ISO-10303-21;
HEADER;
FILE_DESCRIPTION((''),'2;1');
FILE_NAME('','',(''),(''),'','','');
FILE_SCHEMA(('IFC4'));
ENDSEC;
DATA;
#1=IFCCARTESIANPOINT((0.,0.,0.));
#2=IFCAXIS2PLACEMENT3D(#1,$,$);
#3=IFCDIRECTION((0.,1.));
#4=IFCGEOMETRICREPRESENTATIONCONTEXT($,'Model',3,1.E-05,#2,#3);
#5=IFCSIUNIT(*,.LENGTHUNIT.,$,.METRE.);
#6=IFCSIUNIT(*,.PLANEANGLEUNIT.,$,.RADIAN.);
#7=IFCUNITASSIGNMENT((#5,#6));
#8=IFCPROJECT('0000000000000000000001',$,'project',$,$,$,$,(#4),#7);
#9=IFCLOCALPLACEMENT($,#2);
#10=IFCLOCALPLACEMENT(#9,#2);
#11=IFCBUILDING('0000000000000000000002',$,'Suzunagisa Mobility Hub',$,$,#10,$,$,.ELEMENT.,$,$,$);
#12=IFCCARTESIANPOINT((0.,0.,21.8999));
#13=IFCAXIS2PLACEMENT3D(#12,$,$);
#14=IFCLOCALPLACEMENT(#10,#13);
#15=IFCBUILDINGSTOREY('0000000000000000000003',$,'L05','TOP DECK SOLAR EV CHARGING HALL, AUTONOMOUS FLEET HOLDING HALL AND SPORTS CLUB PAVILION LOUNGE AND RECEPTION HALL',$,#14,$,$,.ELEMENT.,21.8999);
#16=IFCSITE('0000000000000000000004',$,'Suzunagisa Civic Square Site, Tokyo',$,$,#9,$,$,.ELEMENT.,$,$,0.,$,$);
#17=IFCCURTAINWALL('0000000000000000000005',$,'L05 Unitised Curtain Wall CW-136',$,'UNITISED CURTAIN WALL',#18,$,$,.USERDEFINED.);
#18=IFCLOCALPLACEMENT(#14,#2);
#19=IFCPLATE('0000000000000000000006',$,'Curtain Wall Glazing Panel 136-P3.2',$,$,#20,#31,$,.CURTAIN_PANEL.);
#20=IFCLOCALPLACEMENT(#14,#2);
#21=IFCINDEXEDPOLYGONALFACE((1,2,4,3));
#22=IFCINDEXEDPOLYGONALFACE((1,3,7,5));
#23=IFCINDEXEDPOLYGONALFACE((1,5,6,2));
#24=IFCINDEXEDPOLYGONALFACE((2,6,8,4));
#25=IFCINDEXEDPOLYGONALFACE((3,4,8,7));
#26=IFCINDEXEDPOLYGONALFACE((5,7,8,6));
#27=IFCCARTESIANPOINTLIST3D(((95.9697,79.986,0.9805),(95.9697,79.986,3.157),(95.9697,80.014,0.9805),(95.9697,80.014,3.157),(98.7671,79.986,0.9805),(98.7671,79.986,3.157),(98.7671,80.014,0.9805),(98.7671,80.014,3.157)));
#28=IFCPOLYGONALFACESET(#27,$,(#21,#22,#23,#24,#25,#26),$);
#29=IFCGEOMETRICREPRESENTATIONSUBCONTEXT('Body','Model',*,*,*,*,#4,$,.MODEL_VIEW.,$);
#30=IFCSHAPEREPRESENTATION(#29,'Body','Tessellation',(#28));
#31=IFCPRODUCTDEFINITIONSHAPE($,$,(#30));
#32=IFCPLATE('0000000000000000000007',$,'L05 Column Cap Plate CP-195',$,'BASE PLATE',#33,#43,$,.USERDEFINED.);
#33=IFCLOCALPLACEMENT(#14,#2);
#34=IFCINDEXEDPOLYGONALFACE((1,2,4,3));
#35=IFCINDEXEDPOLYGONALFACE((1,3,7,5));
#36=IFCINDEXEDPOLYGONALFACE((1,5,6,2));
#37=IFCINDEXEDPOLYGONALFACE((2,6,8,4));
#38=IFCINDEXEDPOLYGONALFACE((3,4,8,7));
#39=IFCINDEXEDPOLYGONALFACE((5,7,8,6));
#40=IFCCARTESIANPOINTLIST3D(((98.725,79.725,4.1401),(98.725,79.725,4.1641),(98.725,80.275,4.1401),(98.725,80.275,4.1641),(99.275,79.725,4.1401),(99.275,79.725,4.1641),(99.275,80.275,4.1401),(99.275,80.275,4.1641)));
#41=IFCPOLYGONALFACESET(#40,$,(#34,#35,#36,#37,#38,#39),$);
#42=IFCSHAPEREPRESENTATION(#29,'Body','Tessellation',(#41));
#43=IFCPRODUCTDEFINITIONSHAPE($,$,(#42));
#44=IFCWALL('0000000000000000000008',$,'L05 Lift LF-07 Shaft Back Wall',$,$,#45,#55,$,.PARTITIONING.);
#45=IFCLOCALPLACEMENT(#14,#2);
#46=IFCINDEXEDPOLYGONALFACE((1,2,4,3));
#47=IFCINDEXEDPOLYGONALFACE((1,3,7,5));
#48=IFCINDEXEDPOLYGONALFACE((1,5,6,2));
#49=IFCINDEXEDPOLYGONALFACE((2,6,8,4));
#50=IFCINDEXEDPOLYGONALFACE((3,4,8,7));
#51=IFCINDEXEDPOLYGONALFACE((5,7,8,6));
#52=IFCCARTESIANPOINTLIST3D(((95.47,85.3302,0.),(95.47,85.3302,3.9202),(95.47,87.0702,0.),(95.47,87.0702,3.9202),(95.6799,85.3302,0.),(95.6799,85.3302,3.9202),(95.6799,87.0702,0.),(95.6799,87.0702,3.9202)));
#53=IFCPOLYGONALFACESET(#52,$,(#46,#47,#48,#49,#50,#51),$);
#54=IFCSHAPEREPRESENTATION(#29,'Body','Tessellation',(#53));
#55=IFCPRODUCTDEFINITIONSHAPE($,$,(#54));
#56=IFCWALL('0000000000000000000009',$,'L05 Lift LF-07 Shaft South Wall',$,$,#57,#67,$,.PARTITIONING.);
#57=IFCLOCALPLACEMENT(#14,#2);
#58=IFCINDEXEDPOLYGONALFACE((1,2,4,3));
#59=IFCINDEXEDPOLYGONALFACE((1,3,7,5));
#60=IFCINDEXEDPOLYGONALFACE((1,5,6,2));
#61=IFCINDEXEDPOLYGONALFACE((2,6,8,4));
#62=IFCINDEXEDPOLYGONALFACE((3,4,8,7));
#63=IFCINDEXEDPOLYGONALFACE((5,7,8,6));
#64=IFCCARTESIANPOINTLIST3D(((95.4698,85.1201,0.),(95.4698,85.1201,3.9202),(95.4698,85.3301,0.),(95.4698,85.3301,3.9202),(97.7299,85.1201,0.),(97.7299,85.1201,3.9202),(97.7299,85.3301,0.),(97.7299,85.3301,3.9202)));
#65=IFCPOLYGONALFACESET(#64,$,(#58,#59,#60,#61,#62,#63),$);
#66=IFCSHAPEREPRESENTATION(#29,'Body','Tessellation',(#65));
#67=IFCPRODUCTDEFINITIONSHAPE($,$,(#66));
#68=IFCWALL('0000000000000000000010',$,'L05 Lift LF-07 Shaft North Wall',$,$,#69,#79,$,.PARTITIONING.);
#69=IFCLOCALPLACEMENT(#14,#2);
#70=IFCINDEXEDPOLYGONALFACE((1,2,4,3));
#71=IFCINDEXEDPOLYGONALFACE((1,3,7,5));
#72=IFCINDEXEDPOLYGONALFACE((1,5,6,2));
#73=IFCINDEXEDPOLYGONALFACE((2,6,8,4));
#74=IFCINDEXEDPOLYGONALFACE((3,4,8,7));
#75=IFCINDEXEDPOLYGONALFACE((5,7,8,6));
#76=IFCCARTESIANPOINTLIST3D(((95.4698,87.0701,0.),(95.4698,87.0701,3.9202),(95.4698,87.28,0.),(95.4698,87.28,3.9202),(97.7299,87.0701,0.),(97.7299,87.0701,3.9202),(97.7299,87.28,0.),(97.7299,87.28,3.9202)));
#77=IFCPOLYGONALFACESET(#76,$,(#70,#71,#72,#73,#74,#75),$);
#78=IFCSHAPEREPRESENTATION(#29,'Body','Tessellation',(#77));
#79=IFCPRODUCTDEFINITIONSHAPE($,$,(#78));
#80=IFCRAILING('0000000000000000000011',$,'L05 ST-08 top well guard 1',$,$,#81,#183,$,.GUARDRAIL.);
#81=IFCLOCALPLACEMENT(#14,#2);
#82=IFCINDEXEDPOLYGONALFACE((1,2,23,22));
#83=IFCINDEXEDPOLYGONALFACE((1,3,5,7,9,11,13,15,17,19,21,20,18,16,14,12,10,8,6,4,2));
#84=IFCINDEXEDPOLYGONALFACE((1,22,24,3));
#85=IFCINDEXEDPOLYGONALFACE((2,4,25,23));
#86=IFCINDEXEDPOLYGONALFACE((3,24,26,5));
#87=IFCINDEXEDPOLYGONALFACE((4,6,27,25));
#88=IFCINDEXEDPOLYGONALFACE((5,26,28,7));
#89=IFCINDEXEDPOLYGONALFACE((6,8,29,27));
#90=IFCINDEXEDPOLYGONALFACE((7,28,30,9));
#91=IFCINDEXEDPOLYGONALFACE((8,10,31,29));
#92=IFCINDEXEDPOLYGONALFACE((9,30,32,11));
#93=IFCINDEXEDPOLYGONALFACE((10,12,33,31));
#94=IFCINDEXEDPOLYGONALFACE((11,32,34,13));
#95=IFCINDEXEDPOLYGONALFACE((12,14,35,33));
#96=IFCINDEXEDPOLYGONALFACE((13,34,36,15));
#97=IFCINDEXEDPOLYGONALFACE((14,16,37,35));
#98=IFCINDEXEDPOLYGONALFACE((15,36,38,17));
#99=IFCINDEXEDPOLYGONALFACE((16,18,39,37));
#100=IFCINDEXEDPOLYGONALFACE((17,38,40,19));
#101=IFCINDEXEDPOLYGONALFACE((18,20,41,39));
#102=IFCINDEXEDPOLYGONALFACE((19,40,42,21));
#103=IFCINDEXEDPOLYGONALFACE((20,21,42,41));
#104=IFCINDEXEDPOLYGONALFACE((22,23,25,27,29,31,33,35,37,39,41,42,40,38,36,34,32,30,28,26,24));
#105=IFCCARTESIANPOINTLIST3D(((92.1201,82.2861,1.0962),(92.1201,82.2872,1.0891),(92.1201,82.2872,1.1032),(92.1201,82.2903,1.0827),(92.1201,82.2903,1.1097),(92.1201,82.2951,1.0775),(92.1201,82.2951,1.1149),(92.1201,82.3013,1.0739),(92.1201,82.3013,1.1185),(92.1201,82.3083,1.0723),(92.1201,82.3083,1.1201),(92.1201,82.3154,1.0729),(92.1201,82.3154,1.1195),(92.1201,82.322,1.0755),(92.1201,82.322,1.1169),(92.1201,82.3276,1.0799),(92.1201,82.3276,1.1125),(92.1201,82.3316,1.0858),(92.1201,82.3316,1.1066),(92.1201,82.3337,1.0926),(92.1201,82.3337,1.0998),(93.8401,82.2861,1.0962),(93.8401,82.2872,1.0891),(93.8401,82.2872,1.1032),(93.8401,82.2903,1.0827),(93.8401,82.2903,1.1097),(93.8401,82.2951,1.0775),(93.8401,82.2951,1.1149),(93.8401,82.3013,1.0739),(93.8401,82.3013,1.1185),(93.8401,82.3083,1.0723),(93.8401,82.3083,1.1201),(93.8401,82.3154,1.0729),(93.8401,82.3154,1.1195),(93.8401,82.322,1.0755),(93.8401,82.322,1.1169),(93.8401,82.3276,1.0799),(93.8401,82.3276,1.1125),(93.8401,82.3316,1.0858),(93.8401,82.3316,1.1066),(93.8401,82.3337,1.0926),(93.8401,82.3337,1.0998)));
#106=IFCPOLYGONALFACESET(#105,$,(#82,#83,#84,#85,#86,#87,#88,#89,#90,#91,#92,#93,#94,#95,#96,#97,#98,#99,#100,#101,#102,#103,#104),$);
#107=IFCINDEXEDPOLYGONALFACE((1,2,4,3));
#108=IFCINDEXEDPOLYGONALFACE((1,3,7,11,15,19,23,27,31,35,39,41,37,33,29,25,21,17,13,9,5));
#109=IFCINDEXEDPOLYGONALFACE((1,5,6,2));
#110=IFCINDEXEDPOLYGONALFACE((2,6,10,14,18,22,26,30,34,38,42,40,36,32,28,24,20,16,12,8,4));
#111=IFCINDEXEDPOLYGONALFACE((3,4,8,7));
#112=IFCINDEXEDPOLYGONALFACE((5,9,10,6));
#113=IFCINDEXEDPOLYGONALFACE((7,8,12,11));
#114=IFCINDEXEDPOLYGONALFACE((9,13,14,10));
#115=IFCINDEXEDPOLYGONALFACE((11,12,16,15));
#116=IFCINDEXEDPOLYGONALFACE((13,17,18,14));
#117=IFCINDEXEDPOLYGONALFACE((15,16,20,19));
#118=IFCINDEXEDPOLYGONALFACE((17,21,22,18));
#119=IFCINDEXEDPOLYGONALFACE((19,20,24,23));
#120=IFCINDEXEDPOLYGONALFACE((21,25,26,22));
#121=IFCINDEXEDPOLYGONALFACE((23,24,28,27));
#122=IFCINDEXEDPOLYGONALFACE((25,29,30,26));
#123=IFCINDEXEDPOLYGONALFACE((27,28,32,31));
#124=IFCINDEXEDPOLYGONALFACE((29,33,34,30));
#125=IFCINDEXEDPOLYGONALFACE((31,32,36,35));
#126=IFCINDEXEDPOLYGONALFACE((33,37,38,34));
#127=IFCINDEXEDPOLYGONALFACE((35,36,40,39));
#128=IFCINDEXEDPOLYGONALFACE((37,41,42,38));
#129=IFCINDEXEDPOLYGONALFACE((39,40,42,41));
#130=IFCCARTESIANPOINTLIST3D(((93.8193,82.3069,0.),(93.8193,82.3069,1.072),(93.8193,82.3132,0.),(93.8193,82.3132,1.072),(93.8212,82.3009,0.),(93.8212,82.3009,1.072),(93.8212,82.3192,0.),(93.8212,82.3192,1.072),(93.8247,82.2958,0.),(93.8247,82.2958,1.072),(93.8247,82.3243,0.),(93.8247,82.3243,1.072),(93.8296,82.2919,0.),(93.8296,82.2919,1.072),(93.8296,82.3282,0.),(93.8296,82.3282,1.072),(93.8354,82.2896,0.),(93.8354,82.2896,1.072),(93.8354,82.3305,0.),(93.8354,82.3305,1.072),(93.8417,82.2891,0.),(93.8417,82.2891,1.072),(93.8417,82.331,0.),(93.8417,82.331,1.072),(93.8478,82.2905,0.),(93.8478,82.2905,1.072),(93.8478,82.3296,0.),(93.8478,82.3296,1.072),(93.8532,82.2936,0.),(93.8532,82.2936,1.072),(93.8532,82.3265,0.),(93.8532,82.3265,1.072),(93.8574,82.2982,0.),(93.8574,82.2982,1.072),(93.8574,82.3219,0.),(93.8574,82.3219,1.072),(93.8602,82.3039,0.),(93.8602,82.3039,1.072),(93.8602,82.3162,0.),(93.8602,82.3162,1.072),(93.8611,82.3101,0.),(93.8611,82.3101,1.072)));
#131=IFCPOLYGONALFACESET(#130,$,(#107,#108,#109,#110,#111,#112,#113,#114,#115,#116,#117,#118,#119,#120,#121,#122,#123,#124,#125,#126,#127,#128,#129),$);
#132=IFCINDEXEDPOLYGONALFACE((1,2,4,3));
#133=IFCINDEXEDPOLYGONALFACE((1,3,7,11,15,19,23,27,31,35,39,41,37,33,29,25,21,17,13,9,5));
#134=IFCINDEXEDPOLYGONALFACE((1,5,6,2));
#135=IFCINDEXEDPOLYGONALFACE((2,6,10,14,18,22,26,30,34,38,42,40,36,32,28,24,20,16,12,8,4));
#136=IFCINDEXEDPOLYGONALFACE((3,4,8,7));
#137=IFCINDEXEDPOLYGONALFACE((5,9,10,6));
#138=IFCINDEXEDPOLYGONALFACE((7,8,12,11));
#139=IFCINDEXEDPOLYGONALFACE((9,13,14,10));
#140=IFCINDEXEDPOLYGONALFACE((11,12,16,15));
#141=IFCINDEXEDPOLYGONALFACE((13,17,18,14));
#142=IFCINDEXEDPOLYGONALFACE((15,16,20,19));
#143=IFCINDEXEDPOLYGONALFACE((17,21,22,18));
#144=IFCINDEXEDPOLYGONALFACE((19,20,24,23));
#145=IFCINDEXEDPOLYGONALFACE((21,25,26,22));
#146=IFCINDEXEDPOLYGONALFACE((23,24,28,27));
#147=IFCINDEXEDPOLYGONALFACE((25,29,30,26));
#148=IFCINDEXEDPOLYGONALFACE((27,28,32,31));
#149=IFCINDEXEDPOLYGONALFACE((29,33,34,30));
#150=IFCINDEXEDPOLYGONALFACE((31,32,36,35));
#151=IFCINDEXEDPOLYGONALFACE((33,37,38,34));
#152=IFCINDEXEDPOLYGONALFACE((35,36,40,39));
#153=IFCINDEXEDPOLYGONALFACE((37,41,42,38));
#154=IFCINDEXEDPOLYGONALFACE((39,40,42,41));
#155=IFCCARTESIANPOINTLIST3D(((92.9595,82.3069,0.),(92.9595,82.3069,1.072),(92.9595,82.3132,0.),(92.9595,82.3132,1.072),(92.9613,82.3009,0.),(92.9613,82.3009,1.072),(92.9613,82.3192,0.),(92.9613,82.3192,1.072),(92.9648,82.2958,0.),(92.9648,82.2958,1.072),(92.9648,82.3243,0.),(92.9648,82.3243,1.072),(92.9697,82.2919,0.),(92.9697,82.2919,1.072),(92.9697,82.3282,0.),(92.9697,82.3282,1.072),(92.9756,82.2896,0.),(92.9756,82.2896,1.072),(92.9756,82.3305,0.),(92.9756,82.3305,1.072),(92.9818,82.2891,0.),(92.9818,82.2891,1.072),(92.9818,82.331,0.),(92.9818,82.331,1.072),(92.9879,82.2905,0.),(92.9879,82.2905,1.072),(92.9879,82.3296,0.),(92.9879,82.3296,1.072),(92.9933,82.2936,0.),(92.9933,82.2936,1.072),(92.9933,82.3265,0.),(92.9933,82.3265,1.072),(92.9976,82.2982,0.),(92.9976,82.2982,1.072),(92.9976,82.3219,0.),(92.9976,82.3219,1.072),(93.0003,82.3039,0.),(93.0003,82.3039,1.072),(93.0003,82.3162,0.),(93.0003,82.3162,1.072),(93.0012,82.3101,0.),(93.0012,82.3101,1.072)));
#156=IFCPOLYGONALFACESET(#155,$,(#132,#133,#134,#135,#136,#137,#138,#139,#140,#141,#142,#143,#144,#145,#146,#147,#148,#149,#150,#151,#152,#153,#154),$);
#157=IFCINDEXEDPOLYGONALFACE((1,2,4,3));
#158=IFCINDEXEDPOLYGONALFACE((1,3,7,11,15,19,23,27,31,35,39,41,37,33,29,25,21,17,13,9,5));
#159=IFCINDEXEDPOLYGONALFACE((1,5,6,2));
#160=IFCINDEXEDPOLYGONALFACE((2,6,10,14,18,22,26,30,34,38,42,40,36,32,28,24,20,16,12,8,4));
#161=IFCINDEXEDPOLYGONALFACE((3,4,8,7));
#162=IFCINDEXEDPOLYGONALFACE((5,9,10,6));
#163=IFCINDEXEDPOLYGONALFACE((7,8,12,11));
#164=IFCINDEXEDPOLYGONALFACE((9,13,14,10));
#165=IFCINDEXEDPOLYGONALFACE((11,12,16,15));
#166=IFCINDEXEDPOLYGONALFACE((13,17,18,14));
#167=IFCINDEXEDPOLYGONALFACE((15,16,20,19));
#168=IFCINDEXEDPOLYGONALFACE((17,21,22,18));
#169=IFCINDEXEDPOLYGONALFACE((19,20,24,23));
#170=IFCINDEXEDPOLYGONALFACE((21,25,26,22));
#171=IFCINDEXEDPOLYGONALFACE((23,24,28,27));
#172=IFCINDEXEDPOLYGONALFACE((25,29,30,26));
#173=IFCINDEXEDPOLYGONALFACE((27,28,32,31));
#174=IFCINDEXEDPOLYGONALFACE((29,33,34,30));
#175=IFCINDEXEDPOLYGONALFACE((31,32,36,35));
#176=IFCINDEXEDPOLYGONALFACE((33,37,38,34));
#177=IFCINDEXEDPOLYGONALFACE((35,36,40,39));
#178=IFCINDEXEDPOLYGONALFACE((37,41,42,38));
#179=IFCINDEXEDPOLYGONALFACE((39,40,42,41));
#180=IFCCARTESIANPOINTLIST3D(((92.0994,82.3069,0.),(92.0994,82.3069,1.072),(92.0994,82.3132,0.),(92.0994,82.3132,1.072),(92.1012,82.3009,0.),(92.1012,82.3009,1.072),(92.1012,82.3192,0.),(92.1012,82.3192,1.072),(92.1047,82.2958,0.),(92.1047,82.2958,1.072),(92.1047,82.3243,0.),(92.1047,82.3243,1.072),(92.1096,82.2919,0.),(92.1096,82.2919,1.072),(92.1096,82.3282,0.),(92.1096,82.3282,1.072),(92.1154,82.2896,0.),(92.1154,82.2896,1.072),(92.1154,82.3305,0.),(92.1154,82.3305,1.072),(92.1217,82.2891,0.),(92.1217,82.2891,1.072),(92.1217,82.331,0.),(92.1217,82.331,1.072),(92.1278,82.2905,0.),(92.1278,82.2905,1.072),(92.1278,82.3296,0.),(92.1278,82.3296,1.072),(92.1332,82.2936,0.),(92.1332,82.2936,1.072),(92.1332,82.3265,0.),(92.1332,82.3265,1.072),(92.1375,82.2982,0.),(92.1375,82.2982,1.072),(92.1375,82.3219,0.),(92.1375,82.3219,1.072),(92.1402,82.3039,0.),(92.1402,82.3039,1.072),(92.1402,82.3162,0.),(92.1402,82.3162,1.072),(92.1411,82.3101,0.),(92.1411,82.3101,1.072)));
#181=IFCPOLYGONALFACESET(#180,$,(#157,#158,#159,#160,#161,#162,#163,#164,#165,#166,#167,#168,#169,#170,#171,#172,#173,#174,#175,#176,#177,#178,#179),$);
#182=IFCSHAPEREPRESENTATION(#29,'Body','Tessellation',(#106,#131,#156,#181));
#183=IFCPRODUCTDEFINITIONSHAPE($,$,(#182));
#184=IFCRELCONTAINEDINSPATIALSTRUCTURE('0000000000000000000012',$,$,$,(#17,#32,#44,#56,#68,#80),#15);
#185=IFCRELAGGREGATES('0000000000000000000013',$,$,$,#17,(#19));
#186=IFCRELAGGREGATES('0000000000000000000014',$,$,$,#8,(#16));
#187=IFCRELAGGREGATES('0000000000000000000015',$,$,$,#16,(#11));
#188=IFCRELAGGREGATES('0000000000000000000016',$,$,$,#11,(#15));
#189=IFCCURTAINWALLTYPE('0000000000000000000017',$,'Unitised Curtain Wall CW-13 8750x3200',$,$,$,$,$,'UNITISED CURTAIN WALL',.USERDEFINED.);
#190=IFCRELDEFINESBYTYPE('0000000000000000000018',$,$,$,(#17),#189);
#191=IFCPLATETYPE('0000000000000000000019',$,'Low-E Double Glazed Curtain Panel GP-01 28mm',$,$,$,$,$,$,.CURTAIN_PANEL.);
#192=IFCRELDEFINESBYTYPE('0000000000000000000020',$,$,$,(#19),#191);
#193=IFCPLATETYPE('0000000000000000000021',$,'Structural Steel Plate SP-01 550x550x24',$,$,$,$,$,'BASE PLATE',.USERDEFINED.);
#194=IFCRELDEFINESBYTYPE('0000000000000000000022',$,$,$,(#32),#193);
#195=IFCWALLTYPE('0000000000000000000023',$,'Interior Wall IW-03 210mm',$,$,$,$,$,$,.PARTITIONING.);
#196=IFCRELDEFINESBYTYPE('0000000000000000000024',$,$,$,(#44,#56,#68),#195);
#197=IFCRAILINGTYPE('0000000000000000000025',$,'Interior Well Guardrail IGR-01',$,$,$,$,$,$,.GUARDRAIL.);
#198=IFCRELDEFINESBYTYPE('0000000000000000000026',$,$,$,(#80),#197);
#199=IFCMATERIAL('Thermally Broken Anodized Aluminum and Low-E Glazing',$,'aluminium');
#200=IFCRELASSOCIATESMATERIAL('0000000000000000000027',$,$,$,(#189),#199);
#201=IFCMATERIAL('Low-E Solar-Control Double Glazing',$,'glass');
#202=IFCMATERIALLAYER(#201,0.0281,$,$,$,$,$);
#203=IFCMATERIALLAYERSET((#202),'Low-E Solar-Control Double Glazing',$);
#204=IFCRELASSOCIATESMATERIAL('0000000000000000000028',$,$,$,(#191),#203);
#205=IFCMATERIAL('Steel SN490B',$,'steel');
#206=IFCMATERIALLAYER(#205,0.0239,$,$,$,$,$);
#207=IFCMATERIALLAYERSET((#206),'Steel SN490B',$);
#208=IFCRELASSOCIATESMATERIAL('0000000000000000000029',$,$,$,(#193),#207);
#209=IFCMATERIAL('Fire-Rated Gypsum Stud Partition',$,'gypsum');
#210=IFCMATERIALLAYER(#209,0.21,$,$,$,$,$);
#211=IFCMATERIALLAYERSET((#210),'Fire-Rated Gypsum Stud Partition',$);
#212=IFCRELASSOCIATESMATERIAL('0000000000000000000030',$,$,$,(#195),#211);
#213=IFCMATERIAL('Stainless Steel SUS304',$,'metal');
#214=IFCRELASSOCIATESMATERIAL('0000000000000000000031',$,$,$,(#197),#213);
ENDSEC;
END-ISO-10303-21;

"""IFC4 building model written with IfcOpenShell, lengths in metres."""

from ifc_helpers import new_model, si_unit, direction, frame, frame_2d, origin, origin_2d, place, context, subcontext, project, spatial, rectangle, circle, extrude, material, layer, layer_set, type_object, element, aggregate, save


model = new_model("IFC4")

# Units and contexts
model_context = context("Model", 3, precision=1e-05, world=origin(), true_north=direction((0.0, 1.0)))
body_context = subcontext(model_context, "Body", "Model", "MODEL_VIEW")
ifc_project = project(units=[si_unit("LENGTHUNIT", "METRE"), si_unit("PLANEANGLEUNIT", "RADIAN")], contexts=[model_context])

# Site, building, storey
site_placement = place(None, origin())
site = spatial("IfcSite", under=ifc_project, at=site_placement, Name="Suzunagisa Civic Square Site, Tokyo", CompositionType="ELEMENT", RefElevation=0.0)
building_placement = place(site_placement, origin())
building = spatial("IfcBuilding", under=site, at=building_placement, Name="Suzunagisa Mobility Hub", CompositionType="ELEMENT")
storey_placement = place(building_placement, frame((0.0, 0.0, 21.8999)))
storey = spatial("IfcBuildingStorey", under=building, at=storey_placement, Name="L05", Description="TOP DECK SOLAR EV CHARGING HALL, AUTONOMOUS FLEET HOLDING HALL AND SPORTS CLUB PAVILION LOUNGE AND RECEPTION HALL", CompositionType="ELEMENT", Elevation=21.8999)

# Shared definitions
ifc_material_1 = material(Name="Steel SN490B", Category="steel")

# Curtain wall
ifc_material_2 = material(Name="Thermally Broken Anodized Aluminum and Low-E Glazing", Category="aluminium")
curtain_wall_type = type_object("IfcCurtainWallType", Name="Unitised Curtain Wall CW-13 8750x3200", ElementType="UNITISED CURTAIN WALL", PredefinedType="USERDEFINED", material=ifc_material_2)
curtain_wall_placement = place(storey_placement, origin())
curtain_wall = element("IfcCurtainWall", 1, at=curtain_wall_placement, inside=storey, type_object=curtain_wall_type, Name="L05 Unitised Curtain Wall CW-136", ObjectType="UNITISED CURTAIN WALL", PredefinedType="USERDEFINED")

# Plates
ifc_material_3 = material(Name="Low-E Solar-Control Double Glazing", Category="glass")
ifc_layer_1 = layer(ifc_material_3, 0.0281)
ifc_layer_set_1 = layer_set([ifc_layer_1], Name="Low-E Solar-Control Double Glazing")
plate_type_1 = type_object("IfcPlateType", Name="Low-E Double Glazed Curtain Panel GP-01 28mm", PredefinedType="CURTAIN_PANEL", material=ifc_layer_set_1)
plate_1_placement = place(storey_placement, frame((97.3684, 80.0, 0.9805), z_axis=(0.0, 0.0, 1.0), x_axis=(1.0, 0.0, 0.0)))
plate_1 = element("IfcPlate", 2, at=plate_1_placement, type_object=plate_type_1, Name="Curtain Wall Glazing Panel 136-P3.2", PredefinedType="CURTAIN_PANEL", context=body_context, shape_type="SweptSolid", body=[
    extrude(rectangle(XDim=2.7974, YDim=0.0281, at=origin_2d()), origin(), (0.0, 0.0, 1.0), 2.1765),
])
aggregate(curtain_wall, [plate_1])
ifc_layer_2 = layer(ifc_material_1, 0.0239)
ifc_layer_set_2 = layer_set([ifc_layer_2], Name="Steel SN490B")
plate_type_2 = type_object("IfcPlateType", Name="Structural Steel Plate SP-01 550x550x24", ElementType="BASE PLATE", PredefinedType="USERDEFINED", material=ifc_layer_set_2)
plate_2_placement = place(storey_placement, frame((99.0, 80.0, 4.1401), z_axis=(0.0, 0.0, 1.0), x_axis=(1.0, 0.0, 0.0)))
element("IfcPlate", 3, at=plate_2_placement, inside=storey, type_object=plate_type_2, Name="L05 Column Cap Plate CP-195", ObjectType="BASE PLATE", PredefinedType="USERDEFINED", context=body_context, shape_type="SweptSolid", body=[
    extrude(rectangle(XDim=0.55, YDim=0.55, at=origin_2d()), origin(), (0.0, 0.0, 1.0), 0.0239),
])

# Shared definitions
ifc_material_4 = material(Name="Fire-Rated Gypsum Stud Partition", Category="gypsum")
ifc_layer_3 = layer(ifc_material_4, 0.21)
ifc_layer_set_3 = layer_set([ifc_layer_3], Name="Fire-Rated Gypsum Stud Partition")
wall_type_1 = type_object("IfcWallType", Name="Interior Wall IW-03 210mm", PredefinedType="PARTITIONING", material=ifc_layer_set_3)

# Walls
wall_1_placement = place(storey_placement, frame((95.575, 85.3301, 0.0), z_axis=(0.0, 0.0, 1.0), x_axis=(0.0, 1.0, 0.0)))
element("IfcWall", 4, at=wall_1_placement, inside=storey, type_object=wall_type_1, Name="L05 Lift LF-07 Shaft Back Wall", PredefinedType="PARTITIONING", context=body_context, shape_type="SweptSolid", body=[
    extrude(rectangle(XDim=1.74, YDim=0.21, at=frame_2d((0.8701, 0.0))), origin(), (0.0, 0.0, 1.0), 3.9202),
])
for number, where, z_axis, x_axis, name in (
    (5, (95.47, 85.2251, 0.0), (0.0, 0.0, 1.0), (1.0, 0.0, 0.0), "L05 Lift LF-07 Shaft South Wall"),
    (6, (95.47, 87.175, 0.0), (0.0, 0.0, 1.0), (1.0, 0.0, 0.0), "L05 Lift LF-07 Shaft North Wall"),
):
    element("IfcWall", number, at=place(storey_placement, frame(where, z_axis=z_axis, x_axis=x_axis)), inside=storey, type_object=wall_type_1, Name=name, PredefinedType="PARTITIONING", context=body_context, shape_type="SweptSolid", body=[
        extrude(rectangle(XDim=2.26, YDim=0.21, at=frame_2d((1.1299, 0.0))), origin(), (0.0, 0.0, 1.0), 3.9202),
    ])

# Railing
ifc_material_5 = material(Name="Stainless Steel SUS304", Category="metal")
railing_type = type_object("IfcRailingType", Name="Interior Well Guardrail IGR-01", PredefinedType="GUARDRAIL", material=ifc_material_5)
railing_placement = place(storey_placement, frame((93.8401, 82.3101, 0.0)))
element("IfcRailing", 7, at=railing_placement, inside=storey, type_object=railing_type, Name="L05 ST-08 top well guard 1", PredefinedType="GUARDRAIL", context=body_context, shape_type="SweptSolid", body=[
    extrude(circle(Radius=0.0239, at=origin_2d()), frame((0.0, 0.0, 1.0962), z_axis=(-1.0, 0.0, 0.0), x_axis=(0.0, -1.0, 0.0)), (0.0, 0.0, 1.0), 1.72),
    extrude(circle(Radius=0.021, at=origin_2d()), origin(), (0.0, 0.0, 1.0), 1.072),
    extrude(circle(Radius=0.021, at=origin_2d()), frame((-0.8599, 0.0, 0.0)), (0.0, 0.0, 1.0), 1.072),
    extrude(circle(Radius=0.021, at=origin_2d()), frame((-1.72, 0.0, 0.0)), (0.0, 0.0, 1.0), 1.072),
])

save(model, "model.ifc")
